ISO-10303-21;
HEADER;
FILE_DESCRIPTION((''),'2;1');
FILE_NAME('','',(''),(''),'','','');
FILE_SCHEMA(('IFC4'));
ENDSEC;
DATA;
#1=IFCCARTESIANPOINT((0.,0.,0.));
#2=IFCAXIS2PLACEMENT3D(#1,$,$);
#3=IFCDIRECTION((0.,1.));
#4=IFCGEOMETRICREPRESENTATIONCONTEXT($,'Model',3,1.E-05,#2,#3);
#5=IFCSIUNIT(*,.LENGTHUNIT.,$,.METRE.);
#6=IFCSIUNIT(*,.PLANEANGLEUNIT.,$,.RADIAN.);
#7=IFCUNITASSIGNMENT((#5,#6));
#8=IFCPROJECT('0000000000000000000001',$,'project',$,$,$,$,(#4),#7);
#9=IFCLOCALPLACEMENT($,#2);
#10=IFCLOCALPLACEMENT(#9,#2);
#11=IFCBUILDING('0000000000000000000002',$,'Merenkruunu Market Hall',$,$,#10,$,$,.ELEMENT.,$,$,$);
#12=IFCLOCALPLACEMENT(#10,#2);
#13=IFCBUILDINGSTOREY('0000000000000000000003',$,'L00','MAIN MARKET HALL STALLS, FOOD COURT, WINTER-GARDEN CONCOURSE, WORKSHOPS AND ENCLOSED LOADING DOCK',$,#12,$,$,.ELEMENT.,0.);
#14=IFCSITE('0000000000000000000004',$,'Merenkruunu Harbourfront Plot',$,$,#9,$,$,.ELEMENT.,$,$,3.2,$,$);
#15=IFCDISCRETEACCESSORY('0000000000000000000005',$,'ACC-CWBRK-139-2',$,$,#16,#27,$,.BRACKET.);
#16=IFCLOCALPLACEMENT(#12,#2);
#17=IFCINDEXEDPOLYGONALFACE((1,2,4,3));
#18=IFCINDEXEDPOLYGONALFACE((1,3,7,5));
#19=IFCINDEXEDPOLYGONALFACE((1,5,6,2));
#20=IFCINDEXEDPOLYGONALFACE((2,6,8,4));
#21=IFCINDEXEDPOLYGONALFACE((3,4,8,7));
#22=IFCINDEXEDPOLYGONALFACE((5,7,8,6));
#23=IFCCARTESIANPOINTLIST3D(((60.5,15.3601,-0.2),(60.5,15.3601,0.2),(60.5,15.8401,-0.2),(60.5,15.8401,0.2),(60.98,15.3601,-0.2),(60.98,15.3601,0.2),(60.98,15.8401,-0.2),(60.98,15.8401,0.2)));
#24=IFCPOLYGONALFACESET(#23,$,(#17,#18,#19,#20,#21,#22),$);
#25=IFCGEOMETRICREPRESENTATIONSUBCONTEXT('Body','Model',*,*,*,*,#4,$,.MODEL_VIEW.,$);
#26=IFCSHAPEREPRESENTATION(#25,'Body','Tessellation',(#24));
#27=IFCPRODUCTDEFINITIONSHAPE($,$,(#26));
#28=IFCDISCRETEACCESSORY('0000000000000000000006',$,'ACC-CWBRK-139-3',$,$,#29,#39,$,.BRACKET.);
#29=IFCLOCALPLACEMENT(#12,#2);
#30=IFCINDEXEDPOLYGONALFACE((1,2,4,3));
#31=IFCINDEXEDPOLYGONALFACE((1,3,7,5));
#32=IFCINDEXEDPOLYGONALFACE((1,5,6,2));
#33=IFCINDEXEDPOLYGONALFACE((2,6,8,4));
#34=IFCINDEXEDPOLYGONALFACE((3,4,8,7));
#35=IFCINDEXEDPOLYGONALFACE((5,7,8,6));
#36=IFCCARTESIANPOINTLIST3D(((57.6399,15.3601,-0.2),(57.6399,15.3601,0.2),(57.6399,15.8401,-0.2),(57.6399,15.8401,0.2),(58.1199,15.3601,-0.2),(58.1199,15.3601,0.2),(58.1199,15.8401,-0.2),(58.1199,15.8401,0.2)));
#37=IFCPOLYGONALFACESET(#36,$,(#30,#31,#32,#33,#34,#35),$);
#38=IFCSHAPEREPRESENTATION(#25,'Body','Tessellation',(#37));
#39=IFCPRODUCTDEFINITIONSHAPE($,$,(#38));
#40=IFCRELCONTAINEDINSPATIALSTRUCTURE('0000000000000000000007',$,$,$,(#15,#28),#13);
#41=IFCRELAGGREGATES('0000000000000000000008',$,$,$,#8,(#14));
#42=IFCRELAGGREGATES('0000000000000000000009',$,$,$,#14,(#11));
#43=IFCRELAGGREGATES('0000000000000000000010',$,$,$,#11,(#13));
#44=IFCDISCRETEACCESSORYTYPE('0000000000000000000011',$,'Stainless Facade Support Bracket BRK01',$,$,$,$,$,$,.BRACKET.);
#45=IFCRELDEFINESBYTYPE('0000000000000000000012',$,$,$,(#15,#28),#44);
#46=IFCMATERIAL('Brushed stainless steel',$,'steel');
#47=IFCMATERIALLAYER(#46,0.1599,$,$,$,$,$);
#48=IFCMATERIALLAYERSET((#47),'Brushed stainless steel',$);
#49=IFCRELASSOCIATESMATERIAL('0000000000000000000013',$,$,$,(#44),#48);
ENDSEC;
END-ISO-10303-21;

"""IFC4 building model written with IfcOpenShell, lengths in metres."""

from ifc_helpers import new_model, si_unit, direction, frame, origin, origin_2d, place, context, subcontext, project, spatial, rectangle, extrude, material, layer, layer_set, type_object, element, save


model = new_model("IFC4")

# Units and contexts
model_context = context("Model", 3, precision=1e-05, world=origin(), true_north=direction((0.0, 1.0)))
body_context = subcontext(model_context, "Body", "Model", "MODEL_VIEW")
ifc_project = project(units=[si_unit("LENGTHUNIT", "METRE"), si_unit("PLANEANGLEUNIT", "RADIAN")], contexts=[model_context])

# Site, building, storey
site_placement = place(None, origin())
site = spatial("IfcSite", under=ifc_project, at=site_placement, Name="Merenkruunu Harbourfront Plot", CompositionType="ELEMENT", RefElevation=3.2)
building_placement = place(site_placement, origin())
building = spatial("IfcBuilding", under=site, at=building_placement, Name="Merenkruunu Market Hall", CompositionType="ELEMENT")
storey_placement = place(building_placement, origin())
storey = spatial("IfcBuildingStorey", under=building, at=storey_placement, Name="L00", Description="MAIN MARKET HALL STALLS, FOOD COURT, WINTER-GARDEN CONCOURSE, WORKSHOPS AND ENCLOSED LOADING DOCK", CompositionType="ELEMENT", Elevation=0.0)

# Shared definitions
ifc_material_1 = material(Name="Brushed stainless steel", Category="steel")

# Discrete accessories
ifc_layer_1 = layer(ifc_material_1, 0.1599)
ifc_layer_set_1 = layer_set([ifc_layer_1], Name="Brushed stainless steel")
discrete_accessory_type = type_object("IfcDiscreteAccessoryType", Name="Stainless Facade Support Bracket BRK01", PredefinedType="BRACKET", material=ifc_layer_set_1)
for number, where, z_axis, x_axis, name in (
    (1, (60.74, 15.6001, -0.2), (0.0, 0.0, 1.0), (1.0, 0.0, 0.0), "ACC-CWBRK-139-2"),
    (2, (57.8799, 15.6001, -0.2), (0.0, 0.0, 1.0), (1.0, 0.0, 0.0), "ACC-CWBRK-139-3"),
):
    element("IfcDiscreteAccessory", number, at=place(storey_placement, frame(where, z_axis=z_axis, x_axis=x_axis)), inside=storey, type_object=discrete_accessory_type, Name=name, PredefinedType="BRACKET", context=body_context, shape_type="SweptSolid", body=[
        extrude(rectangle(XDim=0.48, YDim=0.48, at=origin_2d()), origin(), (0.0, 0.0, 1.0), 0.3999),
    ])

save(model, "model.ifc")
